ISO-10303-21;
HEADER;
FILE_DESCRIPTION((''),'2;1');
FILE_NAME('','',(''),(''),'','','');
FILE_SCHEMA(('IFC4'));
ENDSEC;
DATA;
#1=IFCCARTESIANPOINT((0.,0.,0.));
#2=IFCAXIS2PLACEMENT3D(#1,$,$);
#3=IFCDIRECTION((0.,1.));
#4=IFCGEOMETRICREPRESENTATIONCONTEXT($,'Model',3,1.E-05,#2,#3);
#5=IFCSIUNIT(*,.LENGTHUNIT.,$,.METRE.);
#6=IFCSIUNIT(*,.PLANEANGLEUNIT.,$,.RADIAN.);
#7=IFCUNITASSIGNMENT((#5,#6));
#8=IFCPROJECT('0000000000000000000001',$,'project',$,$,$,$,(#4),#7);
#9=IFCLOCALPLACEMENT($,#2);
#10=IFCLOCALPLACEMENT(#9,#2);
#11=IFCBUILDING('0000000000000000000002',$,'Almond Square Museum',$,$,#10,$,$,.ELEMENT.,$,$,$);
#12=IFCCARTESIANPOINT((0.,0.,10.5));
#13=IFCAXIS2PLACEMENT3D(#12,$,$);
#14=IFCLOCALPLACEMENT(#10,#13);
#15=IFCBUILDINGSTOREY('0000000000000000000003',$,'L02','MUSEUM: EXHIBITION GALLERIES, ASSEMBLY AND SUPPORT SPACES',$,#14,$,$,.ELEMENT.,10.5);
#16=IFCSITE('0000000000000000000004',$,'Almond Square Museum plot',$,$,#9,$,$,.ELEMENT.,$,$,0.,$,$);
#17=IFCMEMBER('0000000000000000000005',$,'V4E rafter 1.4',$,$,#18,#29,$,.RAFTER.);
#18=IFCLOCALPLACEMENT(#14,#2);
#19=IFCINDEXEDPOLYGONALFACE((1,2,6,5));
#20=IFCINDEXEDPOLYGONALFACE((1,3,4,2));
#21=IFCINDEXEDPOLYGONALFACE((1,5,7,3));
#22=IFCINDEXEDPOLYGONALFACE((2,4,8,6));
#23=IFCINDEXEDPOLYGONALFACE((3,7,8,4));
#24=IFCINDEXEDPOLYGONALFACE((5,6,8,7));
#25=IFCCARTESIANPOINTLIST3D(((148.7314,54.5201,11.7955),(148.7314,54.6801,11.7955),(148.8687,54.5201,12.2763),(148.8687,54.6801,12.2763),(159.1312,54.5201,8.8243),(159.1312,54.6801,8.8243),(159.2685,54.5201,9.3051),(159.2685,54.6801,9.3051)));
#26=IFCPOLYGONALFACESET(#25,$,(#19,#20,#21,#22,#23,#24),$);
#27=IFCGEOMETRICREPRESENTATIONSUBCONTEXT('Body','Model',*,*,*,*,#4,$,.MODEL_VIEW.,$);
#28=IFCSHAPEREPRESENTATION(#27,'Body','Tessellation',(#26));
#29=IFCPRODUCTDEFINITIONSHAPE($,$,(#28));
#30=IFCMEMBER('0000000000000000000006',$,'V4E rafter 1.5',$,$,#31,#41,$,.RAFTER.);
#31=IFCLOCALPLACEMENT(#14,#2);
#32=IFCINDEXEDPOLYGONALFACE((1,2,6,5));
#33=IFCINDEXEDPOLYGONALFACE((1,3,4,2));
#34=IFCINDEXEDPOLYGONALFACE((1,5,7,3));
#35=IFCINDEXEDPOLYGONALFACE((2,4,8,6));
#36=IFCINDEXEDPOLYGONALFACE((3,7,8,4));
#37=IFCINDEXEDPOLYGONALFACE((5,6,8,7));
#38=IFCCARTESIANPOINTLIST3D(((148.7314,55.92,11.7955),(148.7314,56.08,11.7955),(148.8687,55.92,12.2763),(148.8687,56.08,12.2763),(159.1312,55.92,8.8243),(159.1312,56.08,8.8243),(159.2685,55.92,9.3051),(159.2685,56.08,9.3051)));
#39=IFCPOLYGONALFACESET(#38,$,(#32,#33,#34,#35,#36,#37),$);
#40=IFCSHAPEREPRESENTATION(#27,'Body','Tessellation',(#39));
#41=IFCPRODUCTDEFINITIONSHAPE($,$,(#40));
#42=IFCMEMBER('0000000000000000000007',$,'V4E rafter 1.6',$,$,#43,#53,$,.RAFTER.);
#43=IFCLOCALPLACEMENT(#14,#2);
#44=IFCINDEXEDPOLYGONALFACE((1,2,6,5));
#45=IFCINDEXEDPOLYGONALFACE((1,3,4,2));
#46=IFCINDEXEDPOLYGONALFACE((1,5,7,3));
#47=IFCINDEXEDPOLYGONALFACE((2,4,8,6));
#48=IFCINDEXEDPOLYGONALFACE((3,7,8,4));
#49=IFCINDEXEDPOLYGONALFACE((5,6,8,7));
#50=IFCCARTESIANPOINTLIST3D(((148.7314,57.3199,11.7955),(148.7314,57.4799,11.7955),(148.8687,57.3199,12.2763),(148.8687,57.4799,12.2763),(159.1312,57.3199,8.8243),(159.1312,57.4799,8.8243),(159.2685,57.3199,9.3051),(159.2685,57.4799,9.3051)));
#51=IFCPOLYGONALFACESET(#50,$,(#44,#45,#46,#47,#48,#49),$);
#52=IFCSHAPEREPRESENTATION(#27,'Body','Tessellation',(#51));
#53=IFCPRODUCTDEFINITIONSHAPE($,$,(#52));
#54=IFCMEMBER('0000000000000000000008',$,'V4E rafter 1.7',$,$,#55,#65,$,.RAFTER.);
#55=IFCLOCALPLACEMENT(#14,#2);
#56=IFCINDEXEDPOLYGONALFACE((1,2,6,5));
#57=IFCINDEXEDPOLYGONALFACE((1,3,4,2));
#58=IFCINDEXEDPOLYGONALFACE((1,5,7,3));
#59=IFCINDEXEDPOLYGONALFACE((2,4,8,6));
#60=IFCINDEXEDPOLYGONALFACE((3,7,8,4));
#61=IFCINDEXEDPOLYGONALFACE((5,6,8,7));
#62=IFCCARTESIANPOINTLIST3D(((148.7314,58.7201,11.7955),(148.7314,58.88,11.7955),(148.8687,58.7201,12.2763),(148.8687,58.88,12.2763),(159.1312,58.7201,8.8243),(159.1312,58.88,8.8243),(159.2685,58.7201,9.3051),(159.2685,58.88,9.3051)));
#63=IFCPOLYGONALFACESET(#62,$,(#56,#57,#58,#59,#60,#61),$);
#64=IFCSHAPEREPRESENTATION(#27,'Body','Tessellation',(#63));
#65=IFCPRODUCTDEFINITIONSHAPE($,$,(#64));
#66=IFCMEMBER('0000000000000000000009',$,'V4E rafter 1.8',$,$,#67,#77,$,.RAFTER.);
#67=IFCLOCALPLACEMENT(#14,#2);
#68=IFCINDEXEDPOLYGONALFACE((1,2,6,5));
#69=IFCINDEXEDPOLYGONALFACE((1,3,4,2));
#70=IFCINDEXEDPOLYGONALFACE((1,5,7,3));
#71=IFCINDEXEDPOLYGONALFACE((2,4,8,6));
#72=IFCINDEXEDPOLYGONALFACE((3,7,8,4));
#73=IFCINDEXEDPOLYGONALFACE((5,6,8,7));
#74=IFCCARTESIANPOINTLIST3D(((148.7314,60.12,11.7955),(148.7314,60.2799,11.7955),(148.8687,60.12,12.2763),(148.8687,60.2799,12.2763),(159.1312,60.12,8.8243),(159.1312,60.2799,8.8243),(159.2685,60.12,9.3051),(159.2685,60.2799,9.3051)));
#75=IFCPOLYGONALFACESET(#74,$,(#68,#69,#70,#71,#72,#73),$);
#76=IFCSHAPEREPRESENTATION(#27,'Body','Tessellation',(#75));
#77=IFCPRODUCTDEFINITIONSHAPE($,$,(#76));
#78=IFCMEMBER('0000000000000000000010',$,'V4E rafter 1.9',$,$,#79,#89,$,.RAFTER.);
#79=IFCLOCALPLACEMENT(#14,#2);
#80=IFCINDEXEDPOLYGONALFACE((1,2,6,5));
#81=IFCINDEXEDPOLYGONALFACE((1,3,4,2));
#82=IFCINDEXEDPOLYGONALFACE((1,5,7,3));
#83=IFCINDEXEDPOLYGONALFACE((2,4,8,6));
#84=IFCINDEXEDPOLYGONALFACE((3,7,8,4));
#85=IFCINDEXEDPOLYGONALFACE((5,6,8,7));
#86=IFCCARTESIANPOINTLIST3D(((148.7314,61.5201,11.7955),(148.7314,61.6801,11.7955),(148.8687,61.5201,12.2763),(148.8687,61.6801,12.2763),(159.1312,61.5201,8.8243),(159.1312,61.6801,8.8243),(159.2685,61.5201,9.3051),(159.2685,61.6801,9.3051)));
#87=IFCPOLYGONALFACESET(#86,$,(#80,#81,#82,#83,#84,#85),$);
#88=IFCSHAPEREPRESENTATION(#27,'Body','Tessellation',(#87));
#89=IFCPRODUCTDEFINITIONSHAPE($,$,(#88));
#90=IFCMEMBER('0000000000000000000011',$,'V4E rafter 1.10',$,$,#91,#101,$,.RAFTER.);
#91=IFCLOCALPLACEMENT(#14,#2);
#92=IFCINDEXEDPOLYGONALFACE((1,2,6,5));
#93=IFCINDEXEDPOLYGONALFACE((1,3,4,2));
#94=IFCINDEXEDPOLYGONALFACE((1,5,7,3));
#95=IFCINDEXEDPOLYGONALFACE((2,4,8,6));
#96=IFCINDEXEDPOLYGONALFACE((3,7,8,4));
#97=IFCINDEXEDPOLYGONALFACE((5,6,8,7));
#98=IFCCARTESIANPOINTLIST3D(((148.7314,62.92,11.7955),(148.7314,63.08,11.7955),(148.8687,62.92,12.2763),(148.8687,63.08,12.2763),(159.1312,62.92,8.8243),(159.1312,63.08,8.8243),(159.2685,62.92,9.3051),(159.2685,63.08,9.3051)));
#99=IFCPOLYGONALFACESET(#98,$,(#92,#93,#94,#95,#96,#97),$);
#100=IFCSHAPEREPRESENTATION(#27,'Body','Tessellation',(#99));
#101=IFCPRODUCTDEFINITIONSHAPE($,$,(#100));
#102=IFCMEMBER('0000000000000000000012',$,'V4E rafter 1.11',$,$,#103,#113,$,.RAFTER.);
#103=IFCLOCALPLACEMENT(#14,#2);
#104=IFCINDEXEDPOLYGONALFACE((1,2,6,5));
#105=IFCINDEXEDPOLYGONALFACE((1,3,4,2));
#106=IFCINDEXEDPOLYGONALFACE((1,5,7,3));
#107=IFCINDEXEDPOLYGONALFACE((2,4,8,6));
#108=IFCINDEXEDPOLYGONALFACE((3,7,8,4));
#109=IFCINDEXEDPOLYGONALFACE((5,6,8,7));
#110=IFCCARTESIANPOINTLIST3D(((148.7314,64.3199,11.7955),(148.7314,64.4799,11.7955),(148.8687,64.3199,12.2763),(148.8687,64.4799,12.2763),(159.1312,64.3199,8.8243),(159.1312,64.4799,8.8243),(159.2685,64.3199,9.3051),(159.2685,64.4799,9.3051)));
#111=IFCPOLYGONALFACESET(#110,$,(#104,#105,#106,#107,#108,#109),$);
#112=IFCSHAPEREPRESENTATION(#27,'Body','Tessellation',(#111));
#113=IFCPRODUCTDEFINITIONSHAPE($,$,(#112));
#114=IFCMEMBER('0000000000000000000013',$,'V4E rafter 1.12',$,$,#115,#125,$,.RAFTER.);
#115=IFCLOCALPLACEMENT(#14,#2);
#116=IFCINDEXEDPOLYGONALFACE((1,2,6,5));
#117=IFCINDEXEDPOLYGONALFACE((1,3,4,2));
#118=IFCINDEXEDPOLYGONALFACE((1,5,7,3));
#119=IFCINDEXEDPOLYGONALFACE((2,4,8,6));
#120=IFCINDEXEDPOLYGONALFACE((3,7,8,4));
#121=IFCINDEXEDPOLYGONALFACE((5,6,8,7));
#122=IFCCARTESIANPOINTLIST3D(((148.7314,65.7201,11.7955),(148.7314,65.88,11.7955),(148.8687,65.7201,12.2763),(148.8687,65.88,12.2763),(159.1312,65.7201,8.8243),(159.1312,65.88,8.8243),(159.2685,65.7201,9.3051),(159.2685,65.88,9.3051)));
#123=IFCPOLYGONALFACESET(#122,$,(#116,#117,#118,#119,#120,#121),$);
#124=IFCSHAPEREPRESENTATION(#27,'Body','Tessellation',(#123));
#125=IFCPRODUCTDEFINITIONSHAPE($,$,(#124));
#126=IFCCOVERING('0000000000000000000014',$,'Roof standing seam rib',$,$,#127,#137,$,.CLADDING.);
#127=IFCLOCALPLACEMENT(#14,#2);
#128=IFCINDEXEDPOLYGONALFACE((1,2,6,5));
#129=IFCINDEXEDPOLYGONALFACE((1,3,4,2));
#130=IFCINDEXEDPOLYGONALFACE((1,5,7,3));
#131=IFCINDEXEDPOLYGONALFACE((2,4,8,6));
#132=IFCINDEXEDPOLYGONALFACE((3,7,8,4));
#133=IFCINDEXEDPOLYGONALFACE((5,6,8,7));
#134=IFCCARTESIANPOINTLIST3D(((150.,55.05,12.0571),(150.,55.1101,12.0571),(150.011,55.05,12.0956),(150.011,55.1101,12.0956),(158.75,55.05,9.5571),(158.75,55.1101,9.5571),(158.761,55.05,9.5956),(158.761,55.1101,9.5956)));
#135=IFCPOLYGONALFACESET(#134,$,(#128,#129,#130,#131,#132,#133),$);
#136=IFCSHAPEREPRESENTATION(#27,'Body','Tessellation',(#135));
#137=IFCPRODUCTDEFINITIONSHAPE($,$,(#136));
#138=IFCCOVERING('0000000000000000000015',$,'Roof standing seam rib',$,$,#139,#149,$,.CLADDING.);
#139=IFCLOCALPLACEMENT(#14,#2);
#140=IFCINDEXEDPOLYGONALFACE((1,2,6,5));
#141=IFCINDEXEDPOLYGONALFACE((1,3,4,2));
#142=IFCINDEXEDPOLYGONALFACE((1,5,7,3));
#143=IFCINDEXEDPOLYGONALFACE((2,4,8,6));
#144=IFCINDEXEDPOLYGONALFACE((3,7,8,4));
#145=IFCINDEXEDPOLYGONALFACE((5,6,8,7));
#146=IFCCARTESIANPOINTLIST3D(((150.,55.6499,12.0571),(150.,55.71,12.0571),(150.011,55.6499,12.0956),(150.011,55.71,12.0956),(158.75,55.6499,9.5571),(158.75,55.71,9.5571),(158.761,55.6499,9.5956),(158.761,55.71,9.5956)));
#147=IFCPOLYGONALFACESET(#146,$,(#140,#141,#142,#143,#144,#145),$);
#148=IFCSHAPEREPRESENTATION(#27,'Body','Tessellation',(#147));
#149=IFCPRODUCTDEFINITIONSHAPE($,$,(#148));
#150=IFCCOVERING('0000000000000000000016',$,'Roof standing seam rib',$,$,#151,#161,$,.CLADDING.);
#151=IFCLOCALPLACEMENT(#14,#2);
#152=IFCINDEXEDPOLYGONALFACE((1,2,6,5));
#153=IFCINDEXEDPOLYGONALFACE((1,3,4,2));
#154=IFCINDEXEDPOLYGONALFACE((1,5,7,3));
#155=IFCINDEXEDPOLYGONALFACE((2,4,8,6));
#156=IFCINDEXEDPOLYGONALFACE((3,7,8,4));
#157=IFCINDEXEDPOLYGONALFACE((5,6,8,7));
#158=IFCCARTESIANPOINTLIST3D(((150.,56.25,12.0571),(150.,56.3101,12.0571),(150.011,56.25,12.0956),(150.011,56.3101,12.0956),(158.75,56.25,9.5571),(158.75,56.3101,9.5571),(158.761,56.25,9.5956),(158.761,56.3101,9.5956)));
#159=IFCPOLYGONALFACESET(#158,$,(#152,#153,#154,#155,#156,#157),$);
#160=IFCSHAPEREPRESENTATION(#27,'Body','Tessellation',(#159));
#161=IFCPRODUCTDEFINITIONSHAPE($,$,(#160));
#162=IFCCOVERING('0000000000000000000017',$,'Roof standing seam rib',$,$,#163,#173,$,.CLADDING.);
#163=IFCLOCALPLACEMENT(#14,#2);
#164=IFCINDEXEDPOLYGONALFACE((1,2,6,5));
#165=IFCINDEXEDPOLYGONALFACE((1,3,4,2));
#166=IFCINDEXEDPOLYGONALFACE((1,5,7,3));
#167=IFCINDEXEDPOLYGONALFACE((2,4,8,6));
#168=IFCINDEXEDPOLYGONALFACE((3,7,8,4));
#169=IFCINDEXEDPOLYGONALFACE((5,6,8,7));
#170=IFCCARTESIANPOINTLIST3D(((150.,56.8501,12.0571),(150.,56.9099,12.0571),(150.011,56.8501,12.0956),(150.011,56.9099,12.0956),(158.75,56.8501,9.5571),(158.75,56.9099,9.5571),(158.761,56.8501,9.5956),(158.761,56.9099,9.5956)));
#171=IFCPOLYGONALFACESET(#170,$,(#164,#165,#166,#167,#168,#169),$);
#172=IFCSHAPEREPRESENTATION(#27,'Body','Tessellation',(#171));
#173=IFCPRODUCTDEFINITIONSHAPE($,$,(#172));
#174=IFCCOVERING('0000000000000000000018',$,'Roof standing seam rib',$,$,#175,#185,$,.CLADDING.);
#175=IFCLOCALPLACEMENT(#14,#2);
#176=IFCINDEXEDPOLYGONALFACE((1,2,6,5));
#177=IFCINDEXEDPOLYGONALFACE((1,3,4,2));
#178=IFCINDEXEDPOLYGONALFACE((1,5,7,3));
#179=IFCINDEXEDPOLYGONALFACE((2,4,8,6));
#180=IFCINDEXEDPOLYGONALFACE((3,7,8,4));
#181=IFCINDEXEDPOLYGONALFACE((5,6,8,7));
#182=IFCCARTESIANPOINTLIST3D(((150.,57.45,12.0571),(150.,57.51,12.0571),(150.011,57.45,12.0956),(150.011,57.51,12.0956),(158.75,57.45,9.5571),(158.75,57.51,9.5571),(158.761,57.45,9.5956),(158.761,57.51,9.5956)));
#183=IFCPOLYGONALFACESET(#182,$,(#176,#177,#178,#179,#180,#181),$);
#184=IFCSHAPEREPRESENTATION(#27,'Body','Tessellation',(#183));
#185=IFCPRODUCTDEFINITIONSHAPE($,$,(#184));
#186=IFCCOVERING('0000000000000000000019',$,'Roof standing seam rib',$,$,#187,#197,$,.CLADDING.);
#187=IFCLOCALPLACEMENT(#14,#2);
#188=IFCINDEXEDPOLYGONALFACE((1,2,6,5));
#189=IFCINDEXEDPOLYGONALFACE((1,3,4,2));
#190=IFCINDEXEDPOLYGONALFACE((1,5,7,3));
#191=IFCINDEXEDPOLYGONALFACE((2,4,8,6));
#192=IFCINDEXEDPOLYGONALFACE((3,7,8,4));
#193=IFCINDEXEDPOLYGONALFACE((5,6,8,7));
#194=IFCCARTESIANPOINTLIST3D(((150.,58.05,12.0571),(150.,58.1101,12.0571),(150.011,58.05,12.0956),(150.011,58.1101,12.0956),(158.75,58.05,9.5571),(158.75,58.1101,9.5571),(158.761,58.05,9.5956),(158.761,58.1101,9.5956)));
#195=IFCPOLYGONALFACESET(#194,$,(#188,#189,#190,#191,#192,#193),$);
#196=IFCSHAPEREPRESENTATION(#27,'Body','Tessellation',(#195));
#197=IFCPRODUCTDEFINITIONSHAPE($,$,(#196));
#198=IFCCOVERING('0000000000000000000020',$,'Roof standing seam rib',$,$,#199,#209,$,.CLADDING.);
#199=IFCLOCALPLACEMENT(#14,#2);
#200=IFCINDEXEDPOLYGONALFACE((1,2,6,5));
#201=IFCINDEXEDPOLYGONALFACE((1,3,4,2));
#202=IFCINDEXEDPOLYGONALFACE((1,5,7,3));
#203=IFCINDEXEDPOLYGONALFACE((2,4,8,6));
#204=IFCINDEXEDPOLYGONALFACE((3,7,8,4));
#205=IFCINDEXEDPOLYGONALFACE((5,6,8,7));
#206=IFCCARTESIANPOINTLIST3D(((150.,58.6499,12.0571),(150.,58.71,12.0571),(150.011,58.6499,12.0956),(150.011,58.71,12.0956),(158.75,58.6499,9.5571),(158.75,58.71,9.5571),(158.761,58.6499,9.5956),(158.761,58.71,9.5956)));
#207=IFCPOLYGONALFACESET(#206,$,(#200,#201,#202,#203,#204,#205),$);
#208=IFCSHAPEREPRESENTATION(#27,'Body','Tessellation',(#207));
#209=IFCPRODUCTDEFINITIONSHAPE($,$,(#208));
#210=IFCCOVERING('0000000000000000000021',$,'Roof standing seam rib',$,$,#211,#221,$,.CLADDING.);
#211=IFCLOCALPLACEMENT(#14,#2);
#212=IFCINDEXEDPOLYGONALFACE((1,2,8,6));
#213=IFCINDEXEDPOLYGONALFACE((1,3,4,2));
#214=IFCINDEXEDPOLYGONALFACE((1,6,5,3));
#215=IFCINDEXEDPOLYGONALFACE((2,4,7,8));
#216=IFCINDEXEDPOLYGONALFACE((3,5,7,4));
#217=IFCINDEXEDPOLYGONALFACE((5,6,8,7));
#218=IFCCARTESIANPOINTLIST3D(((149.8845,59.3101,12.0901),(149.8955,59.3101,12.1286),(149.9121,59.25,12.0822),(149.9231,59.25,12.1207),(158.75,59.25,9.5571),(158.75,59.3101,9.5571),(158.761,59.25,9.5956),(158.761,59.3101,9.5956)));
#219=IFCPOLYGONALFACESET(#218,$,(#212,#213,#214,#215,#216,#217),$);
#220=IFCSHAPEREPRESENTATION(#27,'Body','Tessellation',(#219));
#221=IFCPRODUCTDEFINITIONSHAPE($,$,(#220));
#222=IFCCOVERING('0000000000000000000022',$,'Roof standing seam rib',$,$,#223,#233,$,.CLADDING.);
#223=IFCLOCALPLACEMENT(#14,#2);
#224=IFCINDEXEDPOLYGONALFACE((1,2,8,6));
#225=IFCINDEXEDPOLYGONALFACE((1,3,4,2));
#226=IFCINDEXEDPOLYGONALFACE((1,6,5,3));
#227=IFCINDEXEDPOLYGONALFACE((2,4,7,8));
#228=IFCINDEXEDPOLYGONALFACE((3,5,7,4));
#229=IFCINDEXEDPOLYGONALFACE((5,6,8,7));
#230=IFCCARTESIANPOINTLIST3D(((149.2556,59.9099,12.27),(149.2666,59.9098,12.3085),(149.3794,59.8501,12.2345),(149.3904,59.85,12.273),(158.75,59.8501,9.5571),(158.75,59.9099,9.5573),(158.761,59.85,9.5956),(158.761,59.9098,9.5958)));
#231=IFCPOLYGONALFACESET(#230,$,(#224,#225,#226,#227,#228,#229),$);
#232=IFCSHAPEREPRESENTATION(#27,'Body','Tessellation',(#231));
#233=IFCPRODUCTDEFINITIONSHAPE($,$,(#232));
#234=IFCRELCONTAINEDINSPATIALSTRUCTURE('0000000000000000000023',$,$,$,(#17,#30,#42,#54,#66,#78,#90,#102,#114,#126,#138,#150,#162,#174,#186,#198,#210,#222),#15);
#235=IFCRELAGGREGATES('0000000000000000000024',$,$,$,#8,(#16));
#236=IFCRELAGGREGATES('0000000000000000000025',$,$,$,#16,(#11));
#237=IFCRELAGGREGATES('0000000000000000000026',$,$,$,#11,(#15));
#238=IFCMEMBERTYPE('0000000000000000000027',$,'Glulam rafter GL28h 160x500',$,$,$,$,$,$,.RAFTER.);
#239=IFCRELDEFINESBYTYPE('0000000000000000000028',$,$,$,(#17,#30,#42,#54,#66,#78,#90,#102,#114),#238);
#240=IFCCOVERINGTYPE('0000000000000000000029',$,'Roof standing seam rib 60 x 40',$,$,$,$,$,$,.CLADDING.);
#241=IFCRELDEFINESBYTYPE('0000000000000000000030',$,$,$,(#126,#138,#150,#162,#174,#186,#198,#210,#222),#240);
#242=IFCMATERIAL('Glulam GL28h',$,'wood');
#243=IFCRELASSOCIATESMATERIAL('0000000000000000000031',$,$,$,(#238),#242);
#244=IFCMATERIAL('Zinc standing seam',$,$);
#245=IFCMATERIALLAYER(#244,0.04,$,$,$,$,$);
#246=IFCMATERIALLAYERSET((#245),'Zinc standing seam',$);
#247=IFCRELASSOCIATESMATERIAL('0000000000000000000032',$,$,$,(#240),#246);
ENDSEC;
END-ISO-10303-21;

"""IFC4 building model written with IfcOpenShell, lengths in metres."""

from ifc_helpers import new_model, si_unit, direction, frame, origin, origin_2d, place, context, subcontext, project, spatial, polyline, rectangle, outline, extrude, material, layer, layer_set, material_profile, profile_set, type_object, element, save


model = new_model("IFC4")

# Units and contexts
model_context = context("Model", 3, precision=1e-05, world=origin(), true_north=direction((0.0, 1.0)))
body_context = subcontext(model_context, "Body", "Model", "MODEL_VIEW")
ifc_project = project(units=[si_unit("LENGTHUNIT", "METRE"), si_unit("PLANEANGLEUNIT", "RADIAN")], contexts=[model_context])

# Site, building, storey
site_placement = place(None, origin())
site = spatial("IfcSite", under=ifc_project, at=site_placement, Name="Almond Square Museum plot", CompositionType="ELEMENT", RefElevation=0.0)
building_placement = place(site_placement, origin())
building = spatial("IfcBuilding", under=site, at=building_placement, Name="Almond Square Museum", CompositionType="ELEMENT")
storey_placement = place(building_placement, frame((0.0, 0.0, 10.5)))
storey = spatial("IfcBuildingStorey", under=building, at=storey_placement, Name="L02", Description="MUSEUM: EXHIBITION GALLERIES, ASSEMBLY AND SUPPORT SPACES", CompositionType="ELEMENT", Elevation=10.5)

# Members
ifc_material_1 = material(Name="Glulam GL28h", Category="wood")
ifc_material_profile = material_profile(ifc_material_1, rectangle(XDim=0.1599, YDim=0.5, at=origin_2d()))
ifc_profile_set = profile_set([ifc_material_profile], Name="Glulam GL28h")
member_type = type_object("IfcMemberType", Name="Glulam rafter GL28h 160x500", PredefinedType="RAFTER", material=ifc_profile_set)
for number, where, z_axis, x_axis, name in (
    (1, (148.8, 54.6001, 12.0359), (0.961529, 0.0, -0.274703), (0.0, 1.0, 0.0), "V4E rafter 1.4"),
    (2, (148.8, 56.0, 12.0359), (0.961529, 0.0, -0.274703), (0.0, 1.0, 0.0), "V4E rafter 1.5"),
    (3, (148.8, 57.3999, 12.0359), (0.961529, 0.0, -0.274703), (0.0, 1.0, 0.0), "V4E rafter 1.6"),
    (4, (148.8, 58.8, 12.0359), (0.961529, 0.0, -0.274703), (0.0, 1.0, 0.0), "V4E rafter 1.7"),
    (5, (148.8, 60.2, 12.0359), (0.961529, 0.0, -0.274703), (0.0, 1.0, 0.0), "V4E rafter 1.8"),
    (6, (148.8, 61.6001, 12.0359), (0.961529, 0.0, -0.274703), (0.0, 1.0, 0.0), "V4E rafter 1.9"),
    (7, (148.8, 63.0, 12.0359), (0.961529, 0.0, -0.274703), (0.0, 1.0, 0.0), "V4E rafter 1.10"),
    (8, (148.8, 64.3999, 12.0359), (0.961529, 0.0, -0.274703), (0.0, 1.0, 0.0), "V4E rafter 1.11"),
    (9, (148.8, 65.8, 12.0359), (0.961529, 0.0, -0.274703), (0.0, 1.0, 0.0), "V4E rafter 1.12"),
):
    element("IfcMember", number, at=place(storey_placement, frame(where, z_axis=z_axis, x_axis=x_axis)), inside=storey, type_object=member_type, Name=name, PredefinedType="RAFTER", context=body_context, shape_type="SweptSolid", body=[
        extrude(rectangle(XDim=0.1599, YDim=0.5, at=origin_2d()), origin(), (0.0, 0.0, 1.0), 10.8159),
    ])

# Coverings
ifc_material_2 = material(Name="Zinc standing seam")
ifc_layer = layer(ifc_material_2, 0.04)
ifc_layer_set = layer_set([ifc_layer], Name="Zinc standing seam")
covering_type = type_object("IfcCoveringType", Name="Roof standing seam rib 60 x 40", PredefinedType="CLADDING", material=ifc_layer_set)
for number, where, z_axis, x_axis, name in (
    (10, (158.75, 55.05, 9.5571), (0.274721, 0.0, 0.961524), (0.0, 1.0, 0.0), "Roof standing seam rib"),
    (11, (158.75, 55.6499, 9.5571), (0.274721, 0.0, 0.961524), (0.0, 1.0, 0.0), "Roof standing seam rib"),
    (12, (158.75, 56.25, 9.5571), (0.274721, 0.0, 0.961524), (0.0, 1.0, 0.0), "Roof standing seam rib"),
):
    element("IfcCovering", number, at=place(storey_placement, frame(where, z_axis=z_axis, x_axis=x_axis)), inside=storey, type_object=covering_type, Name=name, PredefinedType="CLADDING", context=body_context, shape_type="SweptSolid", body=[
        extrude(outline(polyline([(0.0, 0.0), (0.0601, 0.0), (0.0601, 9.1001), (0.0, 9.1001), (0.0, 0.0)])), origin(), (0.0, 0.0, 1.0), 0.04),
    ])
covering_1_placement = place(storey_placement, frame((158.75, 56.8501, 9.5571), z_axis=(0.274721, 0.0, 0.961524), x_axis=(0.0, 1.0, 0.0)))
element("IfcCovering", 13, at=covering_1_placement, inside=storey, type_object=covering_type, Name="Roof standing seam rib", PredefinedType="CLADDING", context=body_context, shape_type="SweptSolid", body=[
    extrude(outline(polyline([(0.0, 0.0), (0.0598, 0.0), (0.0598, 9.1001), (0.0, 9.1001), (0.0, 0.0)])), origin(), (0.0, 0.0, 1.0), 0.04),
])
for number, where, z_axis, x_axis, name in (
    (14, (158.75, 57.45, 9.5571), (0.274721, 0.0, 0.961524), (0.0, 1.0, 0.0), "Roof standing seam rib"),
    (15, (158.75, 58.05, 9.5571), (0.274721, 0.0, 0.961524), (0.0, 1.0, 0.0), "Roof standing seam rib"),
    (16, (158.75, 58.6499, 9.5571), (0.274721, 0.0, 0.961524), (0.0, 1.0, 0.0), "Roof standing seam rib"),
):
    element("IfcCovering", number, at=place(storey_placement, frame(where, z_axis=z_axis, x_axis=x_axis)), inside=storey, type_object=covering_type, Name=name, PredefinedType="CLADDING", context=body_context, shape_type="SweptSolid", body=[
        extrude(outline(polyline([(0.0, 0.0), (0.0601, 0.0), (0.0601, 9.1001), (0.0, 9.1001), (0.0, 0.0)])), origin(), (0.0, 0.0, 1.0), 0.04),
    ])
covering_2_placement = place(storey_placement, frame((158.75, 59.25, 9.5571), z_axis=(0.274721, 0.000558, 0.961524), x_axis=(-0.000153, 1.0, -0.000537)))
element("IfcCovering", 17, at=covering_2_placement, inside=storey, type_object=covering_type, Name="Roof standing seam rib", PredefinedType="CLADDING", context=body_context, shape_type="SweptSolid", body=[
    extrude(outline(polyline([(0.0, 0.0), (0.0601, 0.0), (0.0601, 9.2202), (0.0, 9.1916), (0.0, 0.0)])), origin(), (0.0, 0.0, 1.0), 0.04),
])
covering_3_placement = place(storey_placement, frame((149.2556, 59.9099, 12.27), z_axis=(0.274727, -0.002235, 0.96152), x_axis=(0.871823, -0.421172, -0.250078)))
element("IfcCovering", 18, at=covering_3_placement, inside=storey, type_object=covering_type, Name="Roof standing seam rib", PredefinedType="CLADDING", context=body_context, shape_type="SweptSolid", body=[
    extrude(outline(polyline([(0.0, 0.0), (0.142, 0.0), (8.981, 4.1046), (8.9559, 4.1588), (0.0, 0.0)])), origin(), (0.0, 0.0, 1.0), 0.04),
])

save(model, "model.ifc")
